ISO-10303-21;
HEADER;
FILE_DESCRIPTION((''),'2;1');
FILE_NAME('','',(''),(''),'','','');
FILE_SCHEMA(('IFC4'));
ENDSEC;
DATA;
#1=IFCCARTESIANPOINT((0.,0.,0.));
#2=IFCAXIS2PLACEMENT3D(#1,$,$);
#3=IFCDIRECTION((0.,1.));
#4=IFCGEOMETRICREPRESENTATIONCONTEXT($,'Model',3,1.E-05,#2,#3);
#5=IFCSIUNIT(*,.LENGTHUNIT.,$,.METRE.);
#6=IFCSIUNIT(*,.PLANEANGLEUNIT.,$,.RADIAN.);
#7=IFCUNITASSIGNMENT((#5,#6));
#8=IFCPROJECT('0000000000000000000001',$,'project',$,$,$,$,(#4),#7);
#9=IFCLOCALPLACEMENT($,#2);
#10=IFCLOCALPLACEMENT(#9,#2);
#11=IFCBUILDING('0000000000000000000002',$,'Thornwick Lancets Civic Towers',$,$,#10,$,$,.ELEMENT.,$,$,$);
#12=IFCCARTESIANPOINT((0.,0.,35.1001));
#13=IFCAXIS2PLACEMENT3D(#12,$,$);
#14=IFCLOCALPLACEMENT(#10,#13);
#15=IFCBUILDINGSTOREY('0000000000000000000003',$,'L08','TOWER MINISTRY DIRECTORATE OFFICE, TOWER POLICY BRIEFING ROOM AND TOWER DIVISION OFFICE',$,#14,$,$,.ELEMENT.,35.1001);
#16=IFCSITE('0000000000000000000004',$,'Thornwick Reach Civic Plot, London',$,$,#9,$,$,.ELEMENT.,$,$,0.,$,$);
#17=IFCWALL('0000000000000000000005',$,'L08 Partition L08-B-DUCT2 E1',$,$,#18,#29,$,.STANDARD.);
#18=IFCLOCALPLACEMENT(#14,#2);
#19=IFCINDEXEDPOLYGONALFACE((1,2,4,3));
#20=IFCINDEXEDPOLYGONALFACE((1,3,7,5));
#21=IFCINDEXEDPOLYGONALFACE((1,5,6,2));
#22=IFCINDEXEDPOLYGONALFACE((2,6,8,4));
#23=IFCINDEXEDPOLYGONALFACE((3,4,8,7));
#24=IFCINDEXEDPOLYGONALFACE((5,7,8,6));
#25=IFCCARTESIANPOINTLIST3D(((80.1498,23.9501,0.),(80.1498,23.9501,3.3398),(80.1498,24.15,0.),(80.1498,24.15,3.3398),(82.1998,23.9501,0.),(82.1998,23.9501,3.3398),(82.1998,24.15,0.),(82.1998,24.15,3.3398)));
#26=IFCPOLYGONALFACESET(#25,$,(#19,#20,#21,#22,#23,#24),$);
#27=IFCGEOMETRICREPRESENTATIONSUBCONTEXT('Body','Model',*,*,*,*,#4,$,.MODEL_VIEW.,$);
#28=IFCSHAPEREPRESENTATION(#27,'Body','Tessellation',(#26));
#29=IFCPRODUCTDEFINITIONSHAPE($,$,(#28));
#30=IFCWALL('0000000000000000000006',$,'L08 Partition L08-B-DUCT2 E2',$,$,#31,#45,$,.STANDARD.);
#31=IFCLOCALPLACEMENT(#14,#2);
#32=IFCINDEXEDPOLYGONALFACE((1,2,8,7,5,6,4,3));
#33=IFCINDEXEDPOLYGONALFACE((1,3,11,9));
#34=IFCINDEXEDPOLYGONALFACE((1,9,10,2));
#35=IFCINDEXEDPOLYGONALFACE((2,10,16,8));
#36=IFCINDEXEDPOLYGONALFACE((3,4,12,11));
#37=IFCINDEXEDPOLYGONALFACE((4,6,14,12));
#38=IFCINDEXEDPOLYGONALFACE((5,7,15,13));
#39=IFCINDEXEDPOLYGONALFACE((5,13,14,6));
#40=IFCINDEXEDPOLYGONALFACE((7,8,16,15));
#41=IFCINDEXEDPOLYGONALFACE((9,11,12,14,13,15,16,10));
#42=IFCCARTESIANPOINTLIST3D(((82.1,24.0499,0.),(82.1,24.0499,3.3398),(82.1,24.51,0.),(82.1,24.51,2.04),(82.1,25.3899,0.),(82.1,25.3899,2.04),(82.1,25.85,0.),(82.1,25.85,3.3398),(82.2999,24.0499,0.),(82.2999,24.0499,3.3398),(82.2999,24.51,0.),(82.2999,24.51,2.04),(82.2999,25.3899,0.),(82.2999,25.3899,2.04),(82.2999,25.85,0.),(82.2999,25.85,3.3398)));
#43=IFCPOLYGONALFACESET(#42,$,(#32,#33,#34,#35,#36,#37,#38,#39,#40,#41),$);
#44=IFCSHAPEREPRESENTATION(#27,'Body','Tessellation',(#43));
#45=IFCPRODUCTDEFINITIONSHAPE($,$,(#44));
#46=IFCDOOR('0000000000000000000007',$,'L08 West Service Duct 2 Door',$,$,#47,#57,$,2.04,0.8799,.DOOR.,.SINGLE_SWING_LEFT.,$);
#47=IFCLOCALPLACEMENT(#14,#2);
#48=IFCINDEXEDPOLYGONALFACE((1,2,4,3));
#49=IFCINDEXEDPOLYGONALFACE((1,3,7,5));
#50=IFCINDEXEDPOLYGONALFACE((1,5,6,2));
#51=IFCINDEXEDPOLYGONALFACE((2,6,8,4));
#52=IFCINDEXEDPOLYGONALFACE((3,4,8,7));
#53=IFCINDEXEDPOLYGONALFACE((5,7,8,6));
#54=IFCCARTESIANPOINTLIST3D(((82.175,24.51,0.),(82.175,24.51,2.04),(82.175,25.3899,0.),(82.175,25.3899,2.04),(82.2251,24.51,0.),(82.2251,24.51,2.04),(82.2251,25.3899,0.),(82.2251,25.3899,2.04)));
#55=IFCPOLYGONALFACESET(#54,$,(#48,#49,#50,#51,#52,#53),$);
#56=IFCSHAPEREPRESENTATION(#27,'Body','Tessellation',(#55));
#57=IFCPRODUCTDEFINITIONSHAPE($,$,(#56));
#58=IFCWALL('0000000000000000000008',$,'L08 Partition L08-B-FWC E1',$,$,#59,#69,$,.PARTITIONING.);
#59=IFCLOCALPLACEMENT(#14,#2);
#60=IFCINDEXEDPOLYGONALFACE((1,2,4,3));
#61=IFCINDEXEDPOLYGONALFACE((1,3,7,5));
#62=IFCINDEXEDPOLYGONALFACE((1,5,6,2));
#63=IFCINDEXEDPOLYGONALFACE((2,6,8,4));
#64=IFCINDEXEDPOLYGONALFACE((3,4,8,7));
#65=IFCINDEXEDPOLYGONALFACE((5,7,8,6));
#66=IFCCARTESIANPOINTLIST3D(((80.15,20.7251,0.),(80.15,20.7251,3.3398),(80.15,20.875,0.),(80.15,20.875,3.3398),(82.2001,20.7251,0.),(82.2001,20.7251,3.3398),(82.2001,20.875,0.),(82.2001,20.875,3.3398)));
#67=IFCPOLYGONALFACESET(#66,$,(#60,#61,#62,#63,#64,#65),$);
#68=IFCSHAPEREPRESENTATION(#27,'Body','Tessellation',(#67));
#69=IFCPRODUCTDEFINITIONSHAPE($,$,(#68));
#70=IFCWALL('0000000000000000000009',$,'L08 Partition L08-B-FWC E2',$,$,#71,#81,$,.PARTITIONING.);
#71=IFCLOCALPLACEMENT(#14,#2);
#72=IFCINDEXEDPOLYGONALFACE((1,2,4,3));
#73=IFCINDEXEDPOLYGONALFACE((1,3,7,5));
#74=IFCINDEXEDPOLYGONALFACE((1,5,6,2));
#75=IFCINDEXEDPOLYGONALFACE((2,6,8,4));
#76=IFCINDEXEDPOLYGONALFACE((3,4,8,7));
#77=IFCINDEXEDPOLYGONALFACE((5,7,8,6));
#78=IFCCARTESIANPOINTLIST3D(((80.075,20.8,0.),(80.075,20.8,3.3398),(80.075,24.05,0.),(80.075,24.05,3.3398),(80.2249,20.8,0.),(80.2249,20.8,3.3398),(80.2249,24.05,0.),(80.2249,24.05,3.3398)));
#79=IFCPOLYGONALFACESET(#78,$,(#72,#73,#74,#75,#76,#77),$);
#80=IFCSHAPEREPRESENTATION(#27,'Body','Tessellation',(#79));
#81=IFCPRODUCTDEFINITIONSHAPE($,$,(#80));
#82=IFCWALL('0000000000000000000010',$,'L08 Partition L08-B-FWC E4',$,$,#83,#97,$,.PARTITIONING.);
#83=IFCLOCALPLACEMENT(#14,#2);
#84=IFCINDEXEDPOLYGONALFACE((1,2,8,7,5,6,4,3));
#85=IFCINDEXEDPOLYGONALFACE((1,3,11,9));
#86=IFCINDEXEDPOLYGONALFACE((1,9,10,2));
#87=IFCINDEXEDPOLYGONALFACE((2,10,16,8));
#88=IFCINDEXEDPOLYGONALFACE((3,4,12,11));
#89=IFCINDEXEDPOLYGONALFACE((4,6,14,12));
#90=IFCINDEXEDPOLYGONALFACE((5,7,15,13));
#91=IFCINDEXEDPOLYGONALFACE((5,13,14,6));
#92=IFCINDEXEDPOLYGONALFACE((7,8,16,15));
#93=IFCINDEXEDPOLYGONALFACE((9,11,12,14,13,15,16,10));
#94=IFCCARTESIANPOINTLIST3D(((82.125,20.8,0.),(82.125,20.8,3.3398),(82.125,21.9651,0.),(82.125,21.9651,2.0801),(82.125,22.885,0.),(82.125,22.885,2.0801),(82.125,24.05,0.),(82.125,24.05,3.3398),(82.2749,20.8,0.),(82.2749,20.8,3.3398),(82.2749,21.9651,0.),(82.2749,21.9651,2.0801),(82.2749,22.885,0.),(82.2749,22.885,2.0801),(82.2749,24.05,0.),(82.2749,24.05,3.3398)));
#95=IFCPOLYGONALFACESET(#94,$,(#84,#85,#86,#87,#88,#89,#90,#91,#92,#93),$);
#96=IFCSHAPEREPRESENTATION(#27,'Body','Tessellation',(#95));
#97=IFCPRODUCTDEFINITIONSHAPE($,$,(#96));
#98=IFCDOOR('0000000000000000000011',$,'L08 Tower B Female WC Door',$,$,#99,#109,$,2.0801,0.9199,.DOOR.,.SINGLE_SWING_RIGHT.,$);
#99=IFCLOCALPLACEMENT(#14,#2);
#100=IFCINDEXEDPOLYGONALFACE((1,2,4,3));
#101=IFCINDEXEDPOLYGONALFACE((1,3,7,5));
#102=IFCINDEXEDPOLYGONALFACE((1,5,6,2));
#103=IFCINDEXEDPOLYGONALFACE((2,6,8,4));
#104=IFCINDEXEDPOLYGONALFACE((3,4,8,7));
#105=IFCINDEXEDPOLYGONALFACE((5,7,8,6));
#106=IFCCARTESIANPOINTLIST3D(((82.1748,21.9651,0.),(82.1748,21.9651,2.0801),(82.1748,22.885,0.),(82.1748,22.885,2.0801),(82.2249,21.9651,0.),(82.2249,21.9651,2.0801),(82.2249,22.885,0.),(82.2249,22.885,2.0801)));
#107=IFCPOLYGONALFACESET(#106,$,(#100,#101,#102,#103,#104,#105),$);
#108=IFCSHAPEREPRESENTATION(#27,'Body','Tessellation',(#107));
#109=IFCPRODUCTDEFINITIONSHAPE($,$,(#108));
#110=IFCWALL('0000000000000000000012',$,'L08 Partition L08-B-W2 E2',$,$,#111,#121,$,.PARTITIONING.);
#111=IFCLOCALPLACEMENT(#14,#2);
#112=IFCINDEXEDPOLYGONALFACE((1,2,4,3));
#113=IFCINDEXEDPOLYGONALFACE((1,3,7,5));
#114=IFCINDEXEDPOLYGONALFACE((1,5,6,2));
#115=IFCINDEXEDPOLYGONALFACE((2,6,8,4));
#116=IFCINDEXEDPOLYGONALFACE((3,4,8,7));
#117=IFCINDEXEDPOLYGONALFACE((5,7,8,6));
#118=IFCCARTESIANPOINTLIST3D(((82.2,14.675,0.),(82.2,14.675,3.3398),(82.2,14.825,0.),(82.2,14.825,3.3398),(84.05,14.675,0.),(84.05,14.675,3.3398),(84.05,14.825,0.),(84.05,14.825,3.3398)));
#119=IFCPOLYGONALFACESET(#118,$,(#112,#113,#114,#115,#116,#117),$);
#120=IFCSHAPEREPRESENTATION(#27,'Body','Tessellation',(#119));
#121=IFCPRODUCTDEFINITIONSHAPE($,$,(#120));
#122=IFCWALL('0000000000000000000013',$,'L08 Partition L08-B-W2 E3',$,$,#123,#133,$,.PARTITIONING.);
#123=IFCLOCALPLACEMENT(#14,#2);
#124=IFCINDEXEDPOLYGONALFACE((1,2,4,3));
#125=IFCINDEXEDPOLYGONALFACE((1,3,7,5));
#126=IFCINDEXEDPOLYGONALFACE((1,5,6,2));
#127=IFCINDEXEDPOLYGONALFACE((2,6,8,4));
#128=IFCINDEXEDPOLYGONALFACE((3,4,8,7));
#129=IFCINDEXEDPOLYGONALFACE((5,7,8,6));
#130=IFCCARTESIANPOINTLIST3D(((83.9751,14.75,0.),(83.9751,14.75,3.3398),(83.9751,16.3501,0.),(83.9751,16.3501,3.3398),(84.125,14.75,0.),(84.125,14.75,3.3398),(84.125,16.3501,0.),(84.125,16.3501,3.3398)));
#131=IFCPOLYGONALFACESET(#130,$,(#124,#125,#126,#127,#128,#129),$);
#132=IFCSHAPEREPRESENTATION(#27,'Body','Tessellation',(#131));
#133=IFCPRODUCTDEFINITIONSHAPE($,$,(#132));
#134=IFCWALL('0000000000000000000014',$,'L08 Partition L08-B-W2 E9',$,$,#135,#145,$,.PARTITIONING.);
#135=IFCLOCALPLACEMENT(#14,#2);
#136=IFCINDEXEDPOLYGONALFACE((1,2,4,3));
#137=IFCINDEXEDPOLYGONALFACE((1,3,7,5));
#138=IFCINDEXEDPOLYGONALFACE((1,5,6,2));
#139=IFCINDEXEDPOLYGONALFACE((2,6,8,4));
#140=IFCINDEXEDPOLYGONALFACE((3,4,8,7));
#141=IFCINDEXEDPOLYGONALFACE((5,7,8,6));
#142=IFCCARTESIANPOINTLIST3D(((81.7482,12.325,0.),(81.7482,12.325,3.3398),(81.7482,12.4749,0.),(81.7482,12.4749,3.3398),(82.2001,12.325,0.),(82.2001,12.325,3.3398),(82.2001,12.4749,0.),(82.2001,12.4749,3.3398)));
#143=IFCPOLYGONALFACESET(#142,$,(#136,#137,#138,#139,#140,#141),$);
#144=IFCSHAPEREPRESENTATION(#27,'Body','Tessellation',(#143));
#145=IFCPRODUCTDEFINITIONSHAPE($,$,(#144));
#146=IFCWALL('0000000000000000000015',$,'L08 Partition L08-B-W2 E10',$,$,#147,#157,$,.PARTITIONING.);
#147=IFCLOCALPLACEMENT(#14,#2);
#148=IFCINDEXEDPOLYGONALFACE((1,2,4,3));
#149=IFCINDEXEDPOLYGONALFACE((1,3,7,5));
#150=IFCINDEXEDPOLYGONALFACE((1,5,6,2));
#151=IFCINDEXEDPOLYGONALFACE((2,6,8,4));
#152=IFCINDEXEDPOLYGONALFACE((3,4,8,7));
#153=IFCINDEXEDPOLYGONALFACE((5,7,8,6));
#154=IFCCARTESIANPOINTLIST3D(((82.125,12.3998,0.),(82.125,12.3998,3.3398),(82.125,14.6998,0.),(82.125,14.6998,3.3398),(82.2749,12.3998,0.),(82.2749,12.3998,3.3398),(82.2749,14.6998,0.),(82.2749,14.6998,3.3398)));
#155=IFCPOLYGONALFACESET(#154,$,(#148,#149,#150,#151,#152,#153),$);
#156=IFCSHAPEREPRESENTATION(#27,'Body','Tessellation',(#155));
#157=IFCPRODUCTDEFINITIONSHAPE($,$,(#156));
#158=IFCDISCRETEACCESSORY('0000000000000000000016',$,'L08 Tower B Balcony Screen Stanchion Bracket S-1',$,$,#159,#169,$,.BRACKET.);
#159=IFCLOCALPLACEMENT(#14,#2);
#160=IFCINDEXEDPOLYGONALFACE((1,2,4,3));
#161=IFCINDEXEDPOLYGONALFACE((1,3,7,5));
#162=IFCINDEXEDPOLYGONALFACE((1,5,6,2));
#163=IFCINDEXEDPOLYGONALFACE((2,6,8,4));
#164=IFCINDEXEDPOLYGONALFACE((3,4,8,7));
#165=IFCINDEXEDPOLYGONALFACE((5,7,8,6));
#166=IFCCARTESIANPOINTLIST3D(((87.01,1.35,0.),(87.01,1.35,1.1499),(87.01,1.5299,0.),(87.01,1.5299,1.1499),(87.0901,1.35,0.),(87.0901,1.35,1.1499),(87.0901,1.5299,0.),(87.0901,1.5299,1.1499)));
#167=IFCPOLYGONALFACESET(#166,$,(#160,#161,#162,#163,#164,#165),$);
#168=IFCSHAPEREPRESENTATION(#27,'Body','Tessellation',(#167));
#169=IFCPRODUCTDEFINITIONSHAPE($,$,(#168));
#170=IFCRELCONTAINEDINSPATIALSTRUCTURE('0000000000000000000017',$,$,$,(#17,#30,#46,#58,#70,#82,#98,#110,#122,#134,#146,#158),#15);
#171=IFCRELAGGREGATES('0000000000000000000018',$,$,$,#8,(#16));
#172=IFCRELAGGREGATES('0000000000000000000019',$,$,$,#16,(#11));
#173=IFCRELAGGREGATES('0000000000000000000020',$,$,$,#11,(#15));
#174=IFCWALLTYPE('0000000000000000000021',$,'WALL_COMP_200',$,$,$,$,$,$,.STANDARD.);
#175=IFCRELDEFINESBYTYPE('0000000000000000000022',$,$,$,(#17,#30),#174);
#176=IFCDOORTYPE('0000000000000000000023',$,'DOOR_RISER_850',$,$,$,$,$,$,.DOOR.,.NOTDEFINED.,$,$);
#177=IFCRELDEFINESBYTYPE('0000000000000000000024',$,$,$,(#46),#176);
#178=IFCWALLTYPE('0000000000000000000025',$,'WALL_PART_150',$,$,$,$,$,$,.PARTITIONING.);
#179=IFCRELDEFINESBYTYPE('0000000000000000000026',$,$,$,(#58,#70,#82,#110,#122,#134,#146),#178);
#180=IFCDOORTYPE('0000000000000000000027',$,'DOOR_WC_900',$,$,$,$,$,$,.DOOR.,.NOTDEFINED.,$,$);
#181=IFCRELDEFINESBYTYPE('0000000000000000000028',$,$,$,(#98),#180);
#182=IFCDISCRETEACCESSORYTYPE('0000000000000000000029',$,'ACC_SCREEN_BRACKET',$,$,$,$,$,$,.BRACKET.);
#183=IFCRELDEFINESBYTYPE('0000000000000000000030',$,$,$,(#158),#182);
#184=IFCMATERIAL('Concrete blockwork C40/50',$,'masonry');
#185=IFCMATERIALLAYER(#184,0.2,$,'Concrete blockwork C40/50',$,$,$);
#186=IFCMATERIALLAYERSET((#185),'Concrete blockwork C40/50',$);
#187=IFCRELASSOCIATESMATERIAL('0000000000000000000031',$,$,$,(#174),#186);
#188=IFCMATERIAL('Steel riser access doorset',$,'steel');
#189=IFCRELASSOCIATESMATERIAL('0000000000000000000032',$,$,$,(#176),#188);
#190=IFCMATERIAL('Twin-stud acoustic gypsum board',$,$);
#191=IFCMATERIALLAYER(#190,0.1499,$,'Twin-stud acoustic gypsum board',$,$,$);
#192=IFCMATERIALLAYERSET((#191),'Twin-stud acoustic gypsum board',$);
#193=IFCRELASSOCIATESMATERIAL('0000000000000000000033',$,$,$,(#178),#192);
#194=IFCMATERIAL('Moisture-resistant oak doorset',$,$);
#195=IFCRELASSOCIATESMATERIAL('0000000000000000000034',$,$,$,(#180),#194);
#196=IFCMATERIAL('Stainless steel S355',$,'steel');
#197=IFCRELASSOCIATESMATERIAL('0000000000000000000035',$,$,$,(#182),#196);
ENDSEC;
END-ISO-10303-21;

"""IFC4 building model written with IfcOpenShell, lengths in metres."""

from ifc_helpers import new_model, si_unit, direction, frame, frame_2d, origin, origin_2d, place, context, subcontext, project, spatial, rectangle, extrude, material, layer, layer_set, type_object, element, fill, save


model = new_model("IFC4")

# Units and contexts
model_context = context("Model", 3, precision=1e-05, world=origin(), true_north=direction((0.0, 1.0)))
body_context = subcontext(model_context, "Body", "Model", "MODEL_VIEW")
ifc_project = project(units=[si_unit("LENGTHUNIT", "METRE"), si_unit("PLANEANGLEUNIT", "RADIAN")], contexts=[model_context])

# Site, building, storey
site_placement = place(None, origin())
site = spatial("IfcSite", under=ifc_project, at=site_placement, Name="Thornwick Reach Civic Plot, London", CompositionType="ELEMENT", RefElevation=0.0)
building_placement = place(site_placement, origin())
building = spatial("IfcBuilding", under=site, at=building_placement, Name="Thornwick Lancets Civic Towers", CompositionType="ELEMENT")
storey_placement = place(building_placement, frame((0.0, 0.0, 35.1001)))
storey = spatial("IfcBuildingStorey", under=building, at=storey_placement, Name="L08", Description="TOWER MINISTRY DIRECTORATE OFFICE, TOWER POLICY BRIEFING ROOM AND TOWER DIVISION OFFICE", CompositionType="ELEMENT", Elevation=35.1001)

# Shared definitions
ifc_material_1 = material(Name="Concrete blockwork C40/50", Category="masonry")
ifc_layer_1 = layer(ifc_material_1, 0.2, Name="Concrete blockwork C40/50")
ifc_layer_set_1 = layer_set([ifc_layer_1], Name="Concrete blockwork C40/50")
wall_type_1 = type_object("IfcWallType", Name="WALL_COMP_200", PredefinedType="STANDARD", material=ifc_layer_set_1)

# Wall
wall_1_placement = place(storey_placement, frame((80.1499, 24.05, 0.0), z_axis=(0.0, 0.0, 1.0), x_axis=(1.0, 0.0, 0.0)))
element("IfcWall", 1, at=wall_1_placement, inside=storey, type_object=wall_type_1, Name="L08 Partition L08-B-DUCT2 E1", PredefinedType="STANDARD", context=body_context, shape_type="SweptSolid", body=[
    extrude(rectangle(XDim=2.05, YDim=0.2, at=frame_2d((1.0249, 0.0))), origin(), (0.0, 0.0, 1.0), 3.3398),
])

# Wall, opening, door
wall_2_placement = place(storey_placement, frame((82.2, 24.05, 0.0), z_axis=(0.0, 0.0, 1.0), x_axis=(0.0, 1.0, 0.0)))
wall_2 = element("IfcWall", 2, at=wall_2_placement, inside=storey, type_object=wall_type_1, Name="L08 Partition L08-B-DUCT2 E2", PredefinedType="STANDARD", context=body_context, shape_type="SweptSolid", body=[
    extrude(rectangle(XDim=1.8, YDim=0.2, at=frame_2d((0.8999, 0.0))), origin(), (0.0, 0.0, 1.0), 3.3398),
])
opening_1_placement = place(wall_2_placement, frame((0.46, 0.0, 0.0)))
opening_1 = element("IfcOpeningElement", 3, at=opening_1_placement, cuts=wall_2, PredefinedType="OPENING", context=body_context, shape_type="SweptSolid", body=[
    extrude(rectangle(XDim=0.8799, YDim=2.04, at=frame_2d((0.4399, 1.02))), frame((0.0, 0.1099, 0.0), z_axis=(0.0, -1.0, 0.0), x_axis=(1.0, 0.0, 0.0)), (0.0, 0.0, 1.0), 0.22),
])
ifc_material_2 = material(Name="Steel riser access doorset", Category="steel")
door_type_1 = type_object("IfcDoorType", Name="DOOR_RISER_850", OperationType="NOTDEFINED", PredefinedType="DOOR", material=ifc_material_2)
door_1_placement = place(opening_1_placement, origin())
door_1 = element("IfcDoor", 4, at=door_1_placement, inside=storey, type_object=door_type_1, Name="L08 West Service Duct 2 Door", OperationType="SINGLE_SWING_LEFT", OverallHeight=2.04, OverallWidth=0.8799, PredefinedType="DOOR", context=body_context, shape_type="SweptSolid", body=[
    extrude(rectangle(XDim=0.8799, YDim=2.04, at=frame_2d((0.4399, 1.02))), frame((0.0, 0.0249, 0.0), z_axis=(0.0, -1.0, 0.0), x_axis=(1.0, 0.0, 0.0)), (0.0, 0.0, 1.0), 0.05),
])
fill(opening_1, door_1)

# Walls
ifc_material_3 = material(Name="Twin-stud acoustic gypsum board")
ifc_layer_2 = layer(ifc_material_3, 0.1499, Name="Twin-stud acoustic gypsum board")
ifc_layer_set_2 = layer_set([ifc_layer_2], Name="Twin-stud acoustic gypsum board")
wall_type_2 = type_object("IfcWallType", Name="WALL_PART_150", PredefinedType="PARTITIONING", material=ifc_layer_set_2)
wall_3_placement = place(storey_placement, frame((82.2, 20.8, 0.0), z_axis=(0.0, 0.0, 1.0), x_axis=(-1.0, 0.0, 0.0)))
element("IfcWall", 5, at=wall_3_placement, inside=storey, type_object=wall_type_2, Name="L08 Partition L08-B-FWC E1", PredefinedType="PARTITIONING", context=body_context, shape_type="SweptSolid", body=[
    extrude(rectangle(XDim=2.05, YDim=0.1499, at=frame_2d((1.0249, 0.0))), origin(), (0.0, 0.0, 1.0), 3.3398),
])
wall_4_placement = place(storey_placement, frame((80.1499, 20.8, 0.0), z_axis=(0.0, 0.0, 1.0), x_axis=(0.0, 1.0, 0.0)))
element("IfcWall", 6, at=wall_4_placement, inside=storey, type_object=wall_type_2, Name="L08 Partition L08-B-FWC E2", PredefinedType="PARTITIONING", context=body_context, shape_type="SweptSolid", body=[
    extrude(rectangle(XDim=3.25, YDim=0.1499, at=frame_2d((1.625, 0.0))), origin(), (0.0, 0.0, 1.0), 3.3398),
])

# Wall, opening, door
wall_5_placement = place(storey_placement, frame((82.2, 24.05, 0.0), z_axis=(0.0, 0.0, 1.0), x_axis=(0.0, -1.0, 0.0)))
wall_5 = element("IfcWall", 7, at=wall_5_placement, inside=storey, type_object=wall_type_2, Name="L08 Partition L08-B-FWC E4", PredefinedType="PARTITIONING", context=body_context, shape_type="SweptSolid", body=[
    extrude(rectangle(XDim=3.25, YDim=0.1499, at=frame_2d((1.625, 0.0))), origin(), (0.0, 0.0, 1.0), 3.3398),
])
opening_2_placement = place(wall_5_placement, frame((1.165, 0.0, 0.0)))
opening_2 = element("IfcOpeningElement", 8, at=opening_2_placement, cuts=wall_5, PredefinedType="OPENING", context=body_context, shape_type="SweptSolid", body=[
    extrude(rectangle(XDim=0.9199, YDim=2.0801, at=frame_2d((0.46, 1.04))), frame((0.0, 0.085, 0.0), z_axis=(0.0, -1.0, 0.0), x_axis=(1.0, 0.0, 0.0)), (0.0, 0.0, 1.0), 0.1699),
])
ifc_material_4 = material(Name="Moisture-resistant oak doorset")
door_type_2 = type_object("IfcDoorType", Name="DOOR_WC_900", OperationType="NOTDEFINED", PredefinedType="DOOR", material=ifc_material_4)
door_2_placement = place(opening_2_placement, origin())
door_2 = element("IfcDoor", 9, at=door_2_placement, inside=storey, type_object=door_type_2, Name="L08 Tower B Female WC Door", OperationType="SINGLE_SWING_RIGHT", OverallHeight=2.0801, OverallWidth=0.9199, PredefinedType="DOOR", context=body_context, shape_type="SweptSolid", body=[
    extrude(rectangle(XDim=0.9199, YDim=2.0801, at=frame_2d((0.46, 1.04))), frame((0.0, 0.0249, 0.0), z_axis=(0.0, -1.0, 0.0), x_axis=(1.0, 0.0, 0.0)), (0.0, 0.0, 1.0), 0.05),
])
fill(opening_2, door_2)

# Walls
wall_6_placement = place(storey_placement, frame((82.2, 14.75, 0.0), z_axis=(0.0, 0.0, 1.0), x_axis=(1.0, 0.0, 0.0)))
element("IfcWall", 10, at=wall_6_placement, inside=storey, type_object=wall_type_2, Name="L08 Partition L08-B-W2 E2", PredefinedType="PARTITIONING", context=body_context, shape_type="SweptSolid", body=[
    extrude(rectangle(XDim=1.8501, YDim=0.1499, at=frame_2d((0.925, 0.0))), origin(), (0.0, 0.0, 1.0), 3.3398),
])
wall_7_placement = place(storey_placement, frame((84.05, 14.75, 0.0), z_axis=(0.0, 0.0, 1.0), x_axis=(0.0, 1.0, 0.0)))
element("IfcWall", 11, at=wall_7_placement, inside=storey, type_object=wall_type_2, Name="L08 Partition L08-B-W2 E3", PredefinedType="PARTITIONING", context=body_context, shape_type="SweptSolid", body=[
    extrude(rectangle(XDim=1.6001, YDim=0.1499, at=frame_2d((0.8, 0.0))), origin(), (0.0, 0.0, 1.0), 3.3398),
])

# Walls
wall_8_placement = place(storey_placement, frame((81.748, 12.3999, 0.0), z_axis=(0.0, 0.0, 1.0), x_axis=(1.0, 0.0, 0.0)))
element("IfcWall", 12, at=wall_8_placement, inside=storey, type_object=wall_type_2, Name="L08 Partition L08-B-W2 E9", PredefinedType="PARTITIONING", context=body_context, shape_type="SweptSolid", body=[
    extrude(rectangle(XDim=0.4519, YDim=0.1499, at=frame_2d((0.2261, 0.0))), origin(), (0.0, 0.0, 1.0), 3.3398),
])
wall_9_placement = place(storey_placement, frame((82.2, 12.3999, 0.0), z_axis=(0.0, 0.0, 1.0), x_axis=(0.0, 1.0, 0.0)))
element("IfcWall", 13, at=wall_9_placement, inside=storey, type_object=wall_type_2, Name="L08 Partition L08-B-W2 E10", PredefinedType="PARTITIONING", context=body_context, shape_type="SweptSolid", body=[
    extrude(rectangle(XDim=2.3, YDim=0.1499, at=frame_2d((1.1499, 0.0))), origin(), (0.0, 0.0, 1.0), 3.3398),
])

# Discrete accessory
ifc_material_5 = material(Name="Stainless steel S355", Category="steel")
discrete_accessory_type = type_object("IfcDiscreteAccessoryType", Name="ACC_SCREEN_BRACKET", PredefinedType="BRACKET", material=ifc_material_5)
discrete_accessory_placement = place(storey_placement, frame((87.05, 1.4399, 0.0), z_axis=(0.0, 0.0, 1.0), x_axis=(1.0, 0.0, 0.0)))
element("IfcDiscreteAccessory", 14, at=discrete_accessory_placement, inside=storey, type_object=discrete_accessory_type, Name="L08 Tower B Balcony Screen Stanchion Bracket S-1", PredefinedType="BRACKET", context=body_context, shape_type="SweptSolid", body=[
    extrude(rectangle(XDim=0.0801, YDim=0.1799, at=origin_2d()), origin(), (0.0, 0.0, 1.0), 1.1499),
])

save(model, "model.ifc")
